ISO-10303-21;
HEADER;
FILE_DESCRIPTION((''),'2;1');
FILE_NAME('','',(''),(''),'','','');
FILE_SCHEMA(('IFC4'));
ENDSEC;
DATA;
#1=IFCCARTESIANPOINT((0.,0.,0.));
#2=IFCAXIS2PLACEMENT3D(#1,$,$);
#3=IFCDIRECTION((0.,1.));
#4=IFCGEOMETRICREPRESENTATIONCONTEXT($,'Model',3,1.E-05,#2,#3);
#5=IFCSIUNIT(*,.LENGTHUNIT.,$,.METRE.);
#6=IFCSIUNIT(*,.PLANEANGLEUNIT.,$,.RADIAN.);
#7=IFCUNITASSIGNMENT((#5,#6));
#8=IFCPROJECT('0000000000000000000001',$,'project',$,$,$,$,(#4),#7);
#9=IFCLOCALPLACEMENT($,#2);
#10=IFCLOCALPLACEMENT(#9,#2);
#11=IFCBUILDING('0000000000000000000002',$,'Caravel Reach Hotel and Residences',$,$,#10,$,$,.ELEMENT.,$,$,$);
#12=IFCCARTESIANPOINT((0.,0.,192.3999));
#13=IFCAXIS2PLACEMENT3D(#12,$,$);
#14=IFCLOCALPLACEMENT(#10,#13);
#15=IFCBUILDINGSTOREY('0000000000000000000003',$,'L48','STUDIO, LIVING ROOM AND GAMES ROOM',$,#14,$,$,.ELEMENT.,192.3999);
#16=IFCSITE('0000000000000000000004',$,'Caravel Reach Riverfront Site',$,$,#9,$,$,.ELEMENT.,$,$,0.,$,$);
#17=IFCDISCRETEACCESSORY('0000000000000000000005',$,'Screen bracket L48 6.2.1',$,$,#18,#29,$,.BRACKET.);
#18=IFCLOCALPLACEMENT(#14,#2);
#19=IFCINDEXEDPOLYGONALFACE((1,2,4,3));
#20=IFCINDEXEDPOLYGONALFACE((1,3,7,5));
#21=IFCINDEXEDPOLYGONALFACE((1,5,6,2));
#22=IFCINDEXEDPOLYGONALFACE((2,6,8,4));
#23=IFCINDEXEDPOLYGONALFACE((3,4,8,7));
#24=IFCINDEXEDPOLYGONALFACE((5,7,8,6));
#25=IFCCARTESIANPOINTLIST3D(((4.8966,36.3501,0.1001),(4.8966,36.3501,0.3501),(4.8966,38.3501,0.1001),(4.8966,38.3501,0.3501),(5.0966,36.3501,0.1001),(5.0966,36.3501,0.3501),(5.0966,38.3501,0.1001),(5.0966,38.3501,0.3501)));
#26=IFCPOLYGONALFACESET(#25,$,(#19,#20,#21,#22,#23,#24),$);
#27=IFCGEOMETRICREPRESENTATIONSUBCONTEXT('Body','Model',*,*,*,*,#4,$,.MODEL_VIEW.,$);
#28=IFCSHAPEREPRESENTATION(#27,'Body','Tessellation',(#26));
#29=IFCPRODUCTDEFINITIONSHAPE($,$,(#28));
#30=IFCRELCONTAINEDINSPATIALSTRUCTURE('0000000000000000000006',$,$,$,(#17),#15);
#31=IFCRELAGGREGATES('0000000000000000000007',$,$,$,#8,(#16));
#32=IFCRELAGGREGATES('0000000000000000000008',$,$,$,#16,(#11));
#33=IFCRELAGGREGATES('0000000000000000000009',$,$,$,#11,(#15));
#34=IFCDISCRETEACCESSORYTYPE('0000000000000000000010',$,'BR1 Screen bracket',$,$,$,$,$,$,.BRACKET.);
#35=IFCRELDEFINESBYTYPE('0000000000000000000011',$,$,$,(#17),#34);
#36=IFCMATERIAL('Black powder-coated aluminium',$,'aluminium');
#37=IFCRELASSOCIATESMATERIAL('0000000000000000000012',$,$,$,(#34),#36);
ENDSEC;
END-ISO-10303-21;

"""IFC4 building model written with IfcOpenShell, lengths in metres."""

from ifc_helpers import new_model, si_unit, direction, frame, origin, origin_2d, place, context, subcontext, project, spatial, rectangle, extrude, material, type_object, element, save


model = new_model("IFC4")

# Units and contexts
model_context = context("Model", 3, precision=1e-05, world=origin(), true_north=direction((0.0, 1.0)))
body_context = subcontext(model_context, "Body", "Model", "MODEL_VIEW")
ifc_project = project(units=[si_unit("LENGTHUNIT", "METRE"), si_unit("PLANEANGLEUNIT", "RADIAN")], contexts=[model_context])

# Site, building, storey
site_placement = place(None, origin())
site = spatial("IfcSite", under=ifc_project, at=site_placement, Name="Caravel Reach Riverfront Site", CompositionType="ELEMENT", RefElevation=0.0)
building_placement = place(site_placement, origin())
building = spatial("IfcBuilding", under=site, at=building_placement, Name="Caravel Reach Hotel and Residences", CompositionType="ELEMENT")
storey_placement = place(building_placement, frame((0.0, 0.0, 192.3999)))
storey = spatial("IfcBuildingStorey", under=building, at=storey_placement, Name="L48", Description="STUDIO, LIVING ROOM AND GAMES ROOM", CompositionType="ELEMENT", Elevation=192.3999)

# Discrete accessory
ifc_material_1 = material(Name="Black powder-coated aluminium", Category="aluminium")
discrete_accessory_type = type_object("IfcDiscreteAccessoryType", Name="BR1 Screen bracket", PredefinedType="BRACKET", material=ifc_material_1)
for number, where, z_axis, x_axis, name in (
    (1, (4.9966, 37.3501, 0.1001), (0.0, 0.0, 1.0), (0.0, 1.0, 0.0), "Screen bracket L48 6.2.1"),
):
    element("IfcDiscreteAccessory", number, at=place(storey_placement, frame(where, z_axis=z_axis, x_axis=x_axis)), inside=storey, type_object=discrete_accessory_type, Name=name, PredefinedType="BRACKET", context=body_context, shape_type="SweptSolid", body=[
        extrude(rectangle(XDim=2.0, YDim=0.2, at=origin_2d()), origin(), (0.0, 0.0, 1.0), 0.25),
    ])

save(model, "model.ifc")
